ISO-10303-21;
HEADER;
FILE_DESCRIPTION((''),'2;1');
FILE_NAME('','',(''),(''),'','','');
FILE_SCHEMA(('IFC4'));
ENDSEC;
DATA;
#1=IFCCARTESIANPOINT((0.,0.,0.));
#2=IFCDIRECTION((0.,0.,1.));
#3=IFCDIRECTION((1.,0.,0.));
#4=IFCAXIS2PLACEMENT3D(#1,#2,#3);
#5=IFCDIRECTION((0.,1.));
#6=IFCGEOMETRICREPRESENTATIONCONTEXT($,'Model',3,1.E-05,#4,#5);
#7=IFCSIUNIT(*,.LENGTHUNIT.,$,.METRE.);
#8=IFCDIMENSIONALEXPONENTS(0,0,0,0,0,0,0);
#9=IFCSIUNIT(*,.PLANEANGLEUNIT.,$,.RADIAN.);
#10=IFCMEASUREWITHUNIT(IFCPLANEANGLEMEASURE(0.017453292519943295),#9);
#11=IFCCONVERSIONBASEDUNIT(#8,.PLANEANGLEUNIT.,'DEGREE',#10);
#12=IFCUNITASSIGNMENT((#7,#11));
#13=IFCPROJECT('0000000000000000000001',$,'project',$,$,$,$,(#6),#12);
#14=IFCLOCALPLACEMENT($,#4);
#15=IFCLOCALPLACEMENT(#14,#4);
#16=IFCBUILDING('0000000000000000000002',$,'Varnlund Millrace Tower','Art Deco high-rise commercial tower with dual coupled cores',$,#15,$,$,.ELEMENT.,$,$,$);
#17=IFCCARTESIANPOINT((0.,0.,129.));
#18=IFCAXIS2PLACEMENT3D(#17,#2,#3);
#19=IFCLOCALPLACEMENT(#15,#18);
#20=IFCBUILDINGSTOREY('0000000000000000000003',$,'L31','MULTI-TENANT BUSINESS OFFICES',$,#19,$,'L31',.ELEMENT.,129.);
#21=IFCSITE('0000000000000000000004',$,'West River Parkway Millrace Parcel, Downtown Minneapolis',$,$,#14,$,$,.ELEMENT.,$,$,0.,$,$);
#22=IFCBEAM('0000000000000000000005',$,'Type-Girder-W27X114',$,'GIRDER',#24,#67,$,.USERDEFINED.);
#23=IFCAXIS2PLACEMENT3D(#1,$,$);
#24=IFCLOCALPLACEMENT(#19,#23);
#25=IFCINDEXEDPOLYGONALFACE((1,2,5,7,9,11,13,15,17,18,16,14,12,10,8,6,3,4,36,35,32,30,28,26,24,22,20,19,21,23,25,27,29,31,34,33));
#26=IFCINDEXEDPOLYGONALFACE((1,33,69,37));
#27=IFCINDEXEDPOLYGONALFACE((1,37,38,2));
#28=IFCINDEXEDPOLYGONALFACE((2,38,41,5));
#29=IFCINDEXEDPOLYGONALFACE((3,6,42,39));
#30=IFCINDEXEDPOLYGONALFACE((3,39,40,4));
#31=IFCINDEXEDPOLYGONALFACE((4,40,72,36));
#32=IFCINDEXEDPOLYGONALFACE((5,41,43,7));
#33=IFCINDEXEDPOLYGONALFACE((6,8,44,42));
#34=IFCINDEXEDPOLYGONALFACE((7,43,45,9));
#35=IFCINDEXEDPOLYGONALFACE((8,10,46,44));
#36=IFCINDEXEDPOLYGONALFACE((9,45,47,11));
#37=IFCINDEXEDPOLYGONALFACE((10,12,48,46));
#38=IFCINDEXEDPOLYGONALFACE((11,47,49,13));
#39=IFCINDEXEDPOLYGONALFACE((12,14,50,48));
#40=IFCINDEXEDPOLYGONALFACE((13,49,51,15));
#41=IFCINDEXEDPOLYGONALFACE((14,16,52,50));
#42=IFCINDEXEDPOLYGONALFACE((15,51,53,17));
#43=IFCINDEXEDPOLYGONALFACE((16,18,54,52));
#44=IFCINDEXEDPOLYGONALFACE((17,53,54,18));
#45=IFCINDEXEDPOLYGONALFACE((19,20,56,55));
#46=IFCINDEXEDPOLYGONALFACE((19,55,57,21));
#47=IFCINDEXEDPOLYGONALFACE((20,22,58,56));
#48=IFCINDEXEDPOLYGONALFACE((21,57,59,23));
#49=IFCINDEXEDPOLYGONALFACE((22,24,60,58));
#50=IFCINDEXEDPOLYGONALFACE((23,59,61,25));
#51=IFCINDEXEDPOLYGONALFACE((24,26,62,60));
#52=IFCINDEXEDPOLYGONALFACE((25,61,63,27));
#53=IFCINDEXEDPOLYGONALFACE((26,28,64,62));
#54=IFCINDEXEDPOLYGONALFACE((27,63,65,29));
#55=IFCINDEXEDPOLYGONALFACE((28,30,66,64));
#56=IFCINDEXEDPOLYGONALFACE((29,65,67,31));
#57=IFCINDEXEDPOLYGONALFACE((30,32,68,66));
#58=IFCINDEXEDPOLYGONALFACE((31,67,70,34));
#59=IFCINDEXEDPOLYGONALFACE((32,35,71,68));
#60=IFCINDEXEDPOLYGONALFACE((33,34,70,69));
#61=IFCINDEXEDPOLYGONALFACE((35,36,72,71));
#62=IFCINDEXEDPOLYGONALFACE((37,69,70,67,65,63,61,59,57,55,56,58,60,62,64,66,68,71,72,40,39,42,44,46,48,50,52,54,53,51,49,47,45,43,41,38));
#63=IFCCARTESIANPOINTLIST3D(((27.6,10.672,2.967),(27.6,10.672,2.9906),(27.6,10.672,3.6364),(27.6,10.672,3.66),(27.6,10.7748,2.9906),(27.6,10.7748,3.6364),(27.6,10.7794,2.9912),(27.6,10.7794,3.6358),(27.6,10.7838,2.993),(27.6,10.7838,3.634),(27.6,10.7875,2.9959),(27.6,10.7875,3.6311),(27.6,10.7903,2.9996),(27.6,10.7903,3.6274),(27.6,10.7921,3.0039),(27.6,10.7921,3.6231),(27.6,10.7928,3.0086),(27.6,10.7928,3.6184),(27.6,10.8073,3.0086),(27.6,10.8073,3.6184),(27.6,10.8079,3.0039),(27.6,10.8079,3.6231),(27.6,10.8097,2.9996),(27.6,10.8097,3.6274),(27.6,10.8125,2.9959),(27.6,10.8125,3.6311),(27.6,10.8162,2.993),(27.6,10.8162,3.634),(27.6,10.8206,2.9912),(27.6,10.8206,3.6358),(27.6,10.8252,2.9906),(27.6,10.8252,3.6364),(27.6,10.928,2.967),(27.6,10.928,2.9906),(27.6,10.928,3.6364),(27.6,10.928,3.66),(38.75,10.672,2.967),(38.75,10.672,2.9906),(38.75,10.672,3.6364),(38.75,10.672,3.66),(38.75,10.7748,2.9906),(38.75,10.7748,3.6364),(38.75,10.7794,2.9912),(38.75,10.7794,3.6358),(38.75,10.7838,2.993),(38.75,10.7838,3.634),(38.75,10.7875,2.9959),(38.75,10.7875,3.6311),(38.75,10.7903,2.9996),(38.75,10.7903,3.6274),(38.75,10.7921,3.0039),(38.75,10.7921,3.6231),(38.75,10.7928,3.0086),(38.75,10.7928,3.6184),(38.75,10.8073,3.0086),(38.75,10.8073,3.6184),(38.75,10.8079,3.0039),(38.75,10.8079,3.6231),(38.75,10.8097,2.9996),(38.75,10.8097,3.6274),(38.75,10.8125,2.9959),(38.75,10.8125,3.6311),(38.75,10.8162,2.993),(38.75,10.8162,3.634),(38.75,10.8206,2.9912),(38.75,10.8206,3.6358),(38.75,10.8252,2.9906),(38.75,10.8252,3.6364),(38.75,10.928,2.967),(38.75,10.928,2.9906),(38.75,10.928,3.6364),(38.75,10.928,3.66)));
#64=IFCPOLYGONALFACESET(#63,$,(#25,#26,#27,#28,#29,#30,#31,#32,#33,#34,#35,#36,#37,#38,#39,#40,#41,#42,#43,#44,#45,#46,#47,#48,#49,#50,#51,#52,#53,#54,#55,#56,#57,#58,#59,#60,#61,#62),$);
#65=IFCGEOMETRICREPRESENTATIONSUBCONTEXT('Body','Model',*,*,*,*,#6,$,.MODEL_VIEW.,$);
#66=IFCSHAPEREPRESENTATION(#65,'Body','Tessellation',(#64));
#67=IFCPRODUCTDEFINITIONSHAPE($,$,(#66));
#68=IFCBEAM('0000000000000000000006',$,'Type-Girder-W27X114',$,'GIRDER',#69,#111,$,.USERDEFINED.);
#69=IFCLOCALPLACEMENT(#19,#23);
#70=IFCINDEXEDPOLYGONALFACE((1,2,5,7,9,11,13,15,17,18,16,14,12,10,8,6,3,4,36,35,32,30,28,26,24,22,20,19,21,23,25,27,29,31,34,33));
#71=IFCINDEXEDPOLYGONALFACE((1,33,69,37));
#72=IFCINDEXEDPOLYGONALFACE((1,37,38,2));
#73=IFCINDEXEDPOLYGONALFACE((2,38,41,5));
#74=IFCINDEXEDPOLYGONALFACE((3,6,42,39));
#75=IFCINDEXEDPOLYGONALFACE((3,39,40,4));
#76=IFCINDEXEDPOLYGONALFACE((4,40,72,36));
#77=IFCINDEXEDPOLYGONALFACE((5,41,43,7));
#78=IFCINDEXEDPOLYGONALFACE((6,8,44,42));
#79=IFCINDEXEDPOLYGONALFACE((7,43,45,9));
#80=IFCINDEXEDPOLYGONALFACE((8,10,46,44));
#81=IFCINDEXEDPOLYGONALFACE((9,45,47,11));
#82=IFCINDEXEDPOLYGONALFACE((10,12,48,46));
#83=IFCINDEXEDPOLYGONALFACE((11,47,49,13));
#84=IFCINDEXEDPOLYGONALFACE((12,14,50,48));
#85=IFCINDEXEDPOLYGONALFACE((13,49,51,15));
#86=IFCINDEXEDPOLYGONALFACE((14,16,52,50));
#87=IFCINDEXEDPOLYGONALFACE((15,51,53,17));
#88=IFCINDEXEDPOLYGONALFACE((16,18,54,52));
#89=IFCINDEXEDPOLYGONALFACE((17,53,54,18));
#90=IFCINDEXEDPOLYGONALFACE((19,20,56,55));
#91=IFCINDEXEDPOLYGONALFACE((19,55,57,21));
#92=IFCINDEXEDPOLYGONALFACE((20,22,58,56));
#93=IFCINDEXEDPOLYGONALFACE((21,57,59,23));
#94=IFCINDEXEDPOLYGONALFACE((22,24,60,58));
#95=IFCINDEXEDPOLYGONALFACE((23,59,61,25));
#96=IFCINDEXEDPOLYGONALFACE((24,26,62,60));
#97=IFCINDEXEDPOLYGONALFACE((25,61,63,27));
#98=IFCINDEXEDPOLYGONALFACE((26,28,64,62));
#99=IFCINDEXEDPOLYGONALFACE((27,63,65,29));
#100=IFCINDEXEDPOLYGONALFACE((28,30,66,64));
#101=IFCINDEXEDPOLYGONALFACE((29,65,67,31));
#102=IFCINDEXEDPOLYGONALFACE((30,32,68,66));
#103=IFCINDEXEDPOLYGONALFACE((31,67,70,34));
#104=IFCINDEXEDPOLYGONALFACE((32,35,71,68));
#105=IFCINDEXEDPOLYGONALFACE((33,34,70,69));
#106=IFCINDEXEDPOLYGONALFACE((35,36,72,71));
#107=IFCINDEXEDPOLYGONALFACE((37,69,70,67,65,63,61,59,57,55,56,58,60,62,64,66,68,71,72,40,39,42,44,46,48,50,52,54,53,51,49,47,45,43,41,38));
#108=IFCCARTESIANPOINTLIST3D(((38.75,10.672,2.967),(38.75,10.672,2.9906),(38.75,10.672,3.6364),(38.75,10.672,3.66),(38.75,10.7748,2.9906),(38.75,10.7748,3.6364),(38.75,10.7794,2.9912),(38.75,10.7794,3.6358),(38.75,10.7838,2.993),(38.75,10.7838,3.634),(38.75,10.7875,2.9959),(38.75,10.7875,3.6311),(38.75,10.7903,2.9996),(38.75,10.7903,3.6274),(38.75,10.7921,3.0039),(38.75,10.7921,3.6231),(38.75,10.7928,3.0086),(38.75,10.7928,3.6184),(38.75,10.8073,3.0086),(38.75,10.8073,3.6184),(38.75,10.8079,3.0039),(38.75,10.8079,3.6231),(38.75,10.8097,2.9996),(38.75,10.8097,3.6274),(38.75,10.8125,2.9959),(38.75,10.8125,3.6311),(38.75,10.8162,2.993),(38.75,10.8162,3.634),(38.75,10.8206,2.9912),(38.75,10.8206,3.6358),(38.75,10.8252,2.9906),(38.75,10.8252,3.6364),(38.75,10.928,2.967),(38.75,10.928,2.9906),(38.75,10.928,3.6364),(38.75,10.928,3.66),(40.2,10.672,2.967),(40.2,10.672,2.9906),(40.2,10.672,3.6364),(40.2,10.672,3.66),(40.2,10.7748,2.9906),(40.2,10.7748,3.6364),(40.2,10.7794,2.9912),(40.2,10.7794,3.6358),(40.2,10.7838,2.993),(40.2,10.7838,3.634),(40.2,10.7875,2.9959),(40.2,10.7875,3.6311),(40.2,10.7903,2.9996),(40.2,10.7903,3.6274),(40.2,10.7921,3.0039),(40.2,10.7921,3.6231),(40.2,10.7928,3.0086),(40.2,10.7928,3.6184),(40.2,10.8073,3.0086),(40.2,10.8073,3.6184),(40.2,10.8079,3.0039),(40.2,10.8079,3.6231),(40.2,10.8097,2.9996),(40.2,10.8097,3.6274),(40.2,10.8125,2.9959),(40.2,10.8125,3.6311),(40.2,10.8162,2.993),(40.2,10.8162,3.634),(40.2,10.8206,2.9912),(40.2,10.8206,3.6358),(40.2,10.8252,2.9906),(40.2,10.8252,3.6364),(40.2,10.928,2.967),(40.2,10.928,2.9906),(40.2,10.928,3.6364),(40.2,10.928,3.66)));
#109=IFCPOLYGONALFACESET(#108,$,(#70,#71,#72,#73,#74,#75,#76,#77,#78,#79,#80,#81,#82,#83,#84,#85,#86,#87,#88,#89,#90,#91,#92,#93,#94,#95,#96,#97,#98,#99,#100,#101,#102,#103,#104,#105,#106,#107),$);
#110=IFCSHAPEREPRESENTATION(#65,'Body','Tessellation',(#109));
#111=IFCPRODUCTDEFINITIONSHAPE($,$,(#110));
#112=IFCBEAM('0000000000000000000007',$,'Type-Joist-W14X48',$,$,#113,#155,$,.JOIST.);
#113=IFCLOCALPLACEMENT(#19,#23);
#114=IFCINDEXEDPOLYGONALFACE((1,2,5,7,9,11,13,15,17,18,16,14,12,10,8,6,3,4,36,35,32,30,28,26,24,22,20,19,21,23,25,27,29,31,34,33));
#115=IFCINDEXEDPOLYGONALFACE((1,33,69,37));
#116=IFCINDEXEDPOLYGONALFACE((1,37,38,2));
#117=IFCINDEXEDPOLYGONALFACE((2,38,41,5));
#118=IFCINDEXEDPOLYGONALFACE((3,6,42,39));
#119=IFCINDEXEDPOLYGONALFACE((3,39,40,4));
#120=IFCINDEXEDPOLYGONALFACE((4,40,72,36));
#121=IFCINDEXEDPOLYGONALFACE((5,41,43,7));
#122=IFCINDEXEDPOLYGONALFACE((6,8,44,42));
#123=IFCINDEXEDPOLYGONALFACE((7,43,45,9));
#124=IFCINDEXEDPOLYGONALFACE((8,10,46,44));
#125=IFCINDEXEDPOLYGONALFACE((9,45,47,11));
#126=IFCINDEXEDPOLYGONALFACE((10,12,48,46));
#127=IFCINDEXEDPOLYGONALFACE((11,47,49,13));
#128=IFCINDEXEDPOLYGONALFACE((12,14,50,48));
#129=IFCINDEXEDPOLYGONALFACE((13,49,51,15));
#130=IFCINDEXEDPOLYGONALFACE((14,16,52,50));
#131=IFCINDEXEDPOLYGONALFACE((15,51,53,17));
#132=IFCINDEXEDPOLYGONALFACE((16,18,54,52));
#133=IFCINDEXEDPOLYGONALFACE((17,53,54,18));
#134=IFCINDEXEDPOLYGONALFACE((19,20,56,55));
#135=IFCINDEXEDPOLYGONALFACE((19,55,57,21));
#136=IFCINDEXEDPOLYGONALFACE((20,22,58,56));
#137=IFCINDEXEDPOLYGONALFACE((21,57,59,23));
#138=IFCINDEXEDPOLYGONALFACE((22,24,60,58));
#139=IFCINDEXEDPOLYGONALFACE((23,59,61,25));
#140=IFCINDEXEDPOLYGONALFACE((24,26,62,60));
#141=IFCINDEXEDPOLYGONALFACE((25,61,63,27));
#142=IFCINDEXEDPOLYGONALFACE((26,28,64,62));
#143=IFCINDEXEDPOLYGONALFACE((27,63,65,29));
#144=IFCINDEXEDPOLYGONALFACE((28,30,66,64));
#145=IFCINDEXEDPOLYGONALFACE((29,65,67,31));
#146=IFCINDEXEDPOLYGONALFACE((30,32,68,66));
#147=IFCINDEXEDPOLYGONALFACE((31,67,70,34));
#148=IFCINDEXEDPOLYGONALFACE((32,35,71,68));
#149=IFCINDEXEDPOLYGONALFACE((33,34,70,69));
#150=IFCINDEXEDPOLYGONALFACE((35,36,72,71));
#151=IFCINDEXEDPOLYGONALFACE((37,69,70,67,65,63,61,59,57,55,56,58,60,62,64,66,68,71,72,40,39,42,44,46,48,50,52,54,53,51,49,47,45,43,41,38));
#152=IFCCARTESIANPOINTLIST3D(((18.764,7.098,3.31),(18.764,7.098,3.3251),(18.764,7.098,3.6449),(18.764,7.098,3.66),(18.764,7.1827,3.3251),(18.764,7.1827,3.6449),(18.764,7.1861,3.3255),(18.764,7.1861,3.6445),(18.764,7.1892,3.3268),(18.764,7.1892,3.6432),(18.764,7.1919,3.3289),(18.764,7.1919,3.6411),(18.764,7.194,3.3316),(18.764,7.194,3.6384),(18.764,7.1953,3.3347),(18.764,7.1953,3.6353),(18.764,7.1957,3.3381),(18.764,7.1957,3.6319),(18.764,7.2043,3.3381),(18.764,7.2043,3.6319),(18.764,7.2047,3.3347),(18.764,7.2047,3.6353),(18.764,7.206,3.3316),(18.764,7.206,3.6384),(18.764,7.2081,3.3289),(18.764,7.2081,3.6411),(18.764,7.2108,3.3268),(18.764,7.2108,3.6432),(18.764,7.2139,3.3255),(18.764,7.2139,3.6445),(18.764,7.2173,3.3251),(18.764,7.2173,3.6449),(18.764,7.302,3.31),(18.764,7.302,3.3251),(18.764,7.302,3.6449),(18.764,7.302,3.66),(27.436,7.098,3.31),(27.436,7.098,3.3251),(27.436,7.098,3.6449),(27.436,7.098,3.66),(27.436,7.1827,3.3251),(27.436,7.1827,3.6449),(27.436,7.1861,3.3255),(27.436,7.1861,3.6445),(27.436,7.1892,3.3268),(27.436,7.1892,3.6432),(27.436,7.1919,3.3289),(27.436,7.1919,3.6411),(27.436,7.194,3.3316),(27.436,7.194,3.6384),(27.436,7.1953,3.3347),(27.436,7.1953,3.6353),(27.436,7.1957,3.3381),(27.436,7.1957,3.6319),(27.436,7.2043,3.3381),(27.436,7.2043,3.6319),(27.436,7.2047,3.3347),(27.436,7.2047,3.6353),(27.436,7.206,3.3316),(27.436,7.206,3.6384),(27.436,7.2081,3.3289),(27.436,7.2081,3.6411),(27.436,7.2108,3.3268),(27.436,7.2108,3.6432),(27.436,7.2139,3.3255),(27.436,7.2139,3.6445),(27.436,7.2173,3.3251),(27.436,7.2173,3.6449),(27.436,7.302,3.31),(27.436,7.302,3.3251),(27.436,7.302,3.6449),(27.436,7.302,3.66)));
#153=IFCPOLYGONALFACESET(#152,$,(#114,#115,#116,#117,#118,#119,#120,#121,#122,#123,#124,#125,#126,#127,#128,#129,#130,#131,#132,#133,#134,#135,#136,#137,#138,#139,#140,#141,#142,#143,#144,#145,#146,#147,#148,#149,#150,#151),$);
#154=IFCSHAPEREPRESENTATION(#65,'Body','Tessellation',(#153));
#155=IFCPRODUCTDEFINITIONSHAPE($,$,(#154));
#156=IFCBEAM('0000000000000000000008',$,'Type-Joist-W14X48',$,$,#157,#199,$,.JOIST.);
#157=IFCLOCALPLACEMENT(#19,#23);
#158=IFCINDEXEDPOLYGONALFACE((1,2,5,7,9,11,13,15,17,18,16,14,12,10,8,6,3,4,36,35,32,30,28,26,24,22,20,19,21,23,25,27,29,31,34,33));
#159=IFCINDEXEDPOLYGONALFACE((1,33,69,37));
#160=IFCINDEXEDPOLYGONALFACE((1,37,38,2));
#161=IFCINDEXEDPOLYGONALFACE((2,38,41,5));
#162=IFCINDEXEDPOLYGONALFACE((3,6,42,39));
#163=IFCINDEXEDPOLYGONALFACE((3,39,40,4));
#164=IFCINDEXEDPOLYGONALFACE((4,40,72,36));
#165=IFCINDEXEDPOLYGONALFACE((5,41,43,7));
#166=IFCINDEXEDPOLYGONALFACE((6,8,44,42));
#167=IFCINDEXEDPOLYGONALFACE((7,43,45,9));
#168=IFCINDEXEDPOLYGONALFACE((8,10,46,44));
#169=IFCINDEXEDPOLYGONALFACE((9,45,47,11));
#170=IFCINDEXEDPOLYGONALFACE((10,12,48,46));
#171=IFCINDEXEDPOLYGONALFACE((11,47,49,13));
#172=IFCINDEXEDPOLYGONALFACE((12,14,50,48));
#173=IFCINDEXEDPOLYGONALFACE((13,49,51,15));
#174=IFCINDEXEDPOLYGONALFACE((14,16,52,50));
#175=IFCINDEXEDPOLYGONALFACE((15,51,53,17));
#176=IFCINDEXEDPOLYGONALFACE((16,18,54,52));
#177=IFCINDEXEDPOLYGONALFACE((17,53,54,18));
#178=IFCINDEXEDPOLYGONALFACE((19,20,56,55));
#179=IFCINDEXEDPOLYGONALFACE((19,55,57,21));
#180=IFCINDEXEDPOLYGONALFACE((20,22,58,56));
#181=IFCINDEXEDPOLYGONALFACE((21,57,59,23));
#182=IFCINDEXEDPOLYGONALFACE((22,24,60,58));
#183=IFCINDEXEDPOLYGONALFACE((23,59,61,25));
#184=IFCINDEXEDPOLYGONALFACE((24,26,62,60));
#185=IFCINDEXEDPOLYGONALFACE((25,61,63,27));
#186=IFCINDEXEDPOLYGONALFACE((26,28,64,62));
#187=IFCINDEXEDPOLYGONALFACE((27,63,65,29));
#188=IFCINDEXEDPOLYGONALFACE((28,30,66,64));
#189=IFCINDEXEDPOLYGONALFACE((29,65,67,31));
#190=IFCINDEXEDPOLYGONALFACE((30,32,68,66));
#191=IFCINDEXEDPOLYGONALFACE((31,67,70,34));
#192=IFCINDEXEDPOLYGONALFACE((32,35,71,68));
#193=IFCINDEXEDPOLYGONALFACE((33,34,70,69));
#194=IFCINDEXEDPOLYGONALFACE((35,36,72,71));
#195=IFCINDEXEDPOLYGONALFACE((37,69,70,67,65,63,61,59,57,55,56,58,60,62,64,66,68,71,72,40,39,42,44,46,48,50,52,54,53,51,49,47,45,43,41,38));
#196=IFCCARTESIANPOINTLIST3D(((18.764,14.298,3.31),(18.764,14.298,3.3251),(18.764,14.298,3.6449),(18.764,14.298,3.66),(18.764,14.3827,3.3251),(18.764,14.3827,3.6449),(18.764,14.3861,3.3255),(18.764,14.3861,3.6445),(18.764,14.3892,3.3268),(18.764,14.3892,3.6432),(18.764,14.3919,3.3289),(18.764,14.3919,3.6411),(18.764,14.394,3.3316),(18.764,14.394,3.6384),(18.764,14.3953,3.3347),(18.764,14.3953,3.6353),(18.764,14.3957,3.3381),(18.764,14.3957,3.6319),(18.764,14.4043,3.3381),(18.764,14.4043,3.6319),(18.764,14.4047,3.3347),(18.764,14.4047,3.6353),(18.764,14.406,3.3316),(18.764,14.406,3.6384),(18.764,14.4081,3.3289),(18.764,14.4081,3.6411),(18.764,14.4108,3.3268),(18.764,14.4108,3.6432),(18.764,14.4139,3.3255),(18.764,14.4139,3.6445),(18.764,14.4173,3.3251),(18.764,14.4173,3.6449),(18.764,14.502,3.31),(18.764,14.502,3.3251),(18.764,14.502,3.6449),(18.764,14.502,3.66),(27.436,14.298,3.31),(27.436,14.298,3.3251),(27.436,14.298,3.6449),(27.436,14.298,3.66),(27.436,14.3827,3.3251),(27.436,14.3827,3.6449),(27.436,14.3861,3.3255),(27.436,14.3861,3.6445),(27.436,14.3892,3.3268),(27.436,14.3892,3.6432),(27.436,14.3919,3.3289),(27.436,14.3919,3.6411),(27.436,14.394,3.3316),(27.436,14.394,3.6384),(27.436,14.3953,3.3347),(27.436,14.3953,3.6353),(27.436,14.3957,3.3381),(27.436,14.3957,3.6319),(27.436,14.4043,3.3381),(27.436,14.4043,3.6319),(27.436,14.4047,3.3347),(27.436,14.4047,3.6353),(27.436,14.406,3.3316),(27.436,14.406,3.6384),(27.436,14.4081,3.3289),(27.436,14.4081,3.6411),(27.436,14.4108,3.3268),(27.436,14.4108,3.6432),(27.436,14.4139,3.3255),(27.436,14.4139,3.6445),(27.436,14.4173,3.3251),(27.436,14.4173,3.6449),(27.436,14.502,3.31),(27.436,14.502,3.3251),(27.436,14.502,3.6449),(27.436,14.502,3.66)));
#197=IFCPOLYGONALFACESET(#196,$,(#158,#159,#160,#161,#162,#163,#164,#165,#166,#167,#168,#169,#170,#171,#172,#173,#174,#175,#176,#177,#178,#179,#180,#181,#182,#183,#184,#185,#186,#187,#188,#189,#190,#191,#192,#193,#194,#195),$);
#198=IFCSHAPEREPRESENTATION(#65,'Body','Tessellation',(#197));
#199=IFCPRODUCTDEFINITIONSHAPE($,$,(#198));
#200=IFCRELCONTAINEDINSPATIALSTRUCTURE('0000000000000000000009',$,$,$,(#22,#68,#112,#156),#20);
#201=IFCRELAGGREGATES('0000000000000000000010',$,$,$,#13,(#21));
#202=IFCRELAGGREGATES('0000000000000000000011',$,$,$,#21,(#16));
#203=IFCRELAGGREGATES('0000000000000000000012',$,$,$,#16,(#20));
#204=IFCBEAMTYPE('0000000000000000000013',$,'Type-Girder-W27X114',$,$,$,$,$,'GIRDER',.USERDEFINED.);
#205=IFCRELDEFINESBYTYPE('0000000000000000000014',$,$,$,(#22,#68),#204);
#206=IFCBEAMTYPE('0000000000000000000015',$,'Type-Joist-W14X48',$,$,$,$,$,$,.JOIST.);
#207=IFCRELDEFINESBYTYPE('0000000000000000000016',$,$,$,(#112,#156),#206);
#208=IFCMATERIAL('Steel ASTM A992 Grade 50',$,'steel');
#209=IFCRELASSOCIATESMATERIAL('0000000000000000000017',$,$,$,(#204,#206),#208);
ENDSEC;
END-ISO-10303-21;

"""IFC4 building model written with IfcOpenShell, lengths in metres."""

from ifc_helpers import new_model, entity, si_unit, converted_unit, direction, frame, origin_with_axes, origin_2d_with_axis, place, context, subcontext, project, spatial, i_section, extrude, material, material_profile, profile_set, type_object, element, save


model = new_model("IFC4")

# Units and contexts
model_context = context("Model", 3, precision=1e-05, world=origin_with_axes(), true_north=direction((0.0, 1.0)))
body_context = subcontext(model_context, "Body", "Model", "MODEL_VIEW")
ifc_project = project(units=[si_unit("LENGTHUNIT", "METRE"), converted_unit("PLANEANGLEUNIT", "DEGREE", entity("IfcPlaneAngleMeasure", 0.017453292519943295), si_unit("PLANEANGLEUNIT", "RADIAN"), dimensions=[0, 0, 0, 0, 0, 0, 0])], contexts=[model_context])

# Site, building, storey
site_placement = place(None, origin_with_axes())
site = spatial("IfcSite", under=ifc_project, at=site_placement, Name="West River Parkway Millrace Parcel, Downtown Minneapolis", CompositionType="ELEMENT", RefElevation=0.0)
building_placement = place(site_placement, origin_with_axes())
building = spatial("IfcBuilding", under=site, at=building_placement, Name="Varnlund Millrace Tower", Description="Art Deco high-rise commercial tower with dual coupled cores", CompositionType="ELEMENT")
storey_placement = place(building_placement, frame((0.0, 0.0, 129.0), z_axis=(0.0, 0.0, 1.0), x_axis=(1.0, 0.0, 0.0)))
storey = spatial("IfcBuildingStorey", under=building, at=storey_placement, Name="L31", Description="MULTI-TENANT BUSINESS OFFICES", LongName="L31", CompositionType="ELEMENT", Elevation=129.0)

# Beams
ifc_material_1 = material(Name="Steel ASTM A992 Grade 50", Category="steel")
ifc_material_profile_1 = material_profile(ifc_material_1, i_section(OverallWidth=0.256, OverallDepth=0.693, WebThickness=0.0145, FlangeThickness=0.0236, FilletRadius=0.018, at=origin_2d_with_axis()), Name="Steel ASTM A992 Grade 50")
ifc_profile_set_1 = profile_set([ifc_material_profile_1], Name="Steel ASTM A992 Grade 50")
beam_type_1 = type_object("IfcBeamType", Name="Type-Girder-W27X114", ElementType="GIRDER", PredefinedType="USERDEFINED", material=ifc_profile_set_1)
beam_1_placement = place(storey_placement, frame((27.6, 10.8, 3.3135), z_axis=(1.0, 0.0, 0.0), x_axis=(0.0, 1.0, 0.0)))
element("IfcBeam", 1, at=beam_1_placement, inside=storey, type_object=beam_type_1, Name="Type-Girder-W27X114", ObjectType="GIRDER", PredefinedType="USERDEFINED", context=body_context, shape_type="SweptSolid", body=[
    extrude(i_section(OverallWidth=0.256, OverallDepth=0.693, WebThickness=0.0145, FlangeThickness=0.0236, FilletRadius=0.018, at=origin_2d_with_axis()), origin_with_axes(), (0.0, 0.0, 1.0), 11.15),
])
beam_2_placement = place(storey_placement, frame((38.75, 10.8, 3.3135), z_axis=(1.0, 0.0, 0.0), x_axis=(0.0, 1.0, 0.0)))
element("IfcBeam", 2, at=beam_2_placement, inside=storey, type_object=beam_type_1, Name="Type-Girder-W27X114", ObjectType="GIRDER", PredefinedType="USERDEFINED", context=body_context, shape_type="SweptSolid", body=[
    extrude(i_section(OverallWidth=0.256, OverallDepth=0.693, WebThickness=0.0145, FlangeThickness=0.0236, FilletRadius=0.018, at=origin_2d_with_axis()), origin_with_axes(), (0.0, 0.0, 1.0), 1.45),
])
ifc_material_profile_2 = material_profile(ifc_material_1, i_section(OverallWidth=0.204, OverallDepth=0.35, WebThickness=0.0086, FlangeThickness=0.0151, FilletRadius=0.013, at=origin_2d_with_axis()), Name="Steel ASTM A992 Grade 50")
ifc_profile_set_2 = profile_set([ifc_material_profile_2], Name="Steel ASTM A992 Grade 50")
beam_type_2 = type_object("IfcBeamType", Name="Type-Joist-W14X48", PredefinedType="JOIST", material=ifc_profile_set_2)
for number, where, z_axis, x_axis, name in (
    (3, (18.764, 7.2, 3.485), (1.0, 0.0, 0.0), (0.0, 1.0, 0.0), "Type-Joist-W14X48"),
    (4, (18.764, 14.4, 3.485), (1.0, 0.0, 0.0), (0.0, 1.0, 0.0), "Type-Joist-W14X48"),
):
    element("IfcBeam", number, at=place(storey_placement, frame(where, z_axis=z_axis, x_axis=x_axis)), inside=storey, type_object=beam_type_2, Name=name, PredefinedType="JOIST", context=body_context, shape_type="SweptSolid", body=[
        extrude(i_section(OverallWidth=0.204, OverallDepth=0.35, WebThickness=0.0086, FlangeThickness=0.0151, FilletRadius=0.013, at=origin_2d_with_axis()), origin_with_axes(), (0.0, 0.0, 1.0), 8.672),
    ])

save(model, "model.ifc")
